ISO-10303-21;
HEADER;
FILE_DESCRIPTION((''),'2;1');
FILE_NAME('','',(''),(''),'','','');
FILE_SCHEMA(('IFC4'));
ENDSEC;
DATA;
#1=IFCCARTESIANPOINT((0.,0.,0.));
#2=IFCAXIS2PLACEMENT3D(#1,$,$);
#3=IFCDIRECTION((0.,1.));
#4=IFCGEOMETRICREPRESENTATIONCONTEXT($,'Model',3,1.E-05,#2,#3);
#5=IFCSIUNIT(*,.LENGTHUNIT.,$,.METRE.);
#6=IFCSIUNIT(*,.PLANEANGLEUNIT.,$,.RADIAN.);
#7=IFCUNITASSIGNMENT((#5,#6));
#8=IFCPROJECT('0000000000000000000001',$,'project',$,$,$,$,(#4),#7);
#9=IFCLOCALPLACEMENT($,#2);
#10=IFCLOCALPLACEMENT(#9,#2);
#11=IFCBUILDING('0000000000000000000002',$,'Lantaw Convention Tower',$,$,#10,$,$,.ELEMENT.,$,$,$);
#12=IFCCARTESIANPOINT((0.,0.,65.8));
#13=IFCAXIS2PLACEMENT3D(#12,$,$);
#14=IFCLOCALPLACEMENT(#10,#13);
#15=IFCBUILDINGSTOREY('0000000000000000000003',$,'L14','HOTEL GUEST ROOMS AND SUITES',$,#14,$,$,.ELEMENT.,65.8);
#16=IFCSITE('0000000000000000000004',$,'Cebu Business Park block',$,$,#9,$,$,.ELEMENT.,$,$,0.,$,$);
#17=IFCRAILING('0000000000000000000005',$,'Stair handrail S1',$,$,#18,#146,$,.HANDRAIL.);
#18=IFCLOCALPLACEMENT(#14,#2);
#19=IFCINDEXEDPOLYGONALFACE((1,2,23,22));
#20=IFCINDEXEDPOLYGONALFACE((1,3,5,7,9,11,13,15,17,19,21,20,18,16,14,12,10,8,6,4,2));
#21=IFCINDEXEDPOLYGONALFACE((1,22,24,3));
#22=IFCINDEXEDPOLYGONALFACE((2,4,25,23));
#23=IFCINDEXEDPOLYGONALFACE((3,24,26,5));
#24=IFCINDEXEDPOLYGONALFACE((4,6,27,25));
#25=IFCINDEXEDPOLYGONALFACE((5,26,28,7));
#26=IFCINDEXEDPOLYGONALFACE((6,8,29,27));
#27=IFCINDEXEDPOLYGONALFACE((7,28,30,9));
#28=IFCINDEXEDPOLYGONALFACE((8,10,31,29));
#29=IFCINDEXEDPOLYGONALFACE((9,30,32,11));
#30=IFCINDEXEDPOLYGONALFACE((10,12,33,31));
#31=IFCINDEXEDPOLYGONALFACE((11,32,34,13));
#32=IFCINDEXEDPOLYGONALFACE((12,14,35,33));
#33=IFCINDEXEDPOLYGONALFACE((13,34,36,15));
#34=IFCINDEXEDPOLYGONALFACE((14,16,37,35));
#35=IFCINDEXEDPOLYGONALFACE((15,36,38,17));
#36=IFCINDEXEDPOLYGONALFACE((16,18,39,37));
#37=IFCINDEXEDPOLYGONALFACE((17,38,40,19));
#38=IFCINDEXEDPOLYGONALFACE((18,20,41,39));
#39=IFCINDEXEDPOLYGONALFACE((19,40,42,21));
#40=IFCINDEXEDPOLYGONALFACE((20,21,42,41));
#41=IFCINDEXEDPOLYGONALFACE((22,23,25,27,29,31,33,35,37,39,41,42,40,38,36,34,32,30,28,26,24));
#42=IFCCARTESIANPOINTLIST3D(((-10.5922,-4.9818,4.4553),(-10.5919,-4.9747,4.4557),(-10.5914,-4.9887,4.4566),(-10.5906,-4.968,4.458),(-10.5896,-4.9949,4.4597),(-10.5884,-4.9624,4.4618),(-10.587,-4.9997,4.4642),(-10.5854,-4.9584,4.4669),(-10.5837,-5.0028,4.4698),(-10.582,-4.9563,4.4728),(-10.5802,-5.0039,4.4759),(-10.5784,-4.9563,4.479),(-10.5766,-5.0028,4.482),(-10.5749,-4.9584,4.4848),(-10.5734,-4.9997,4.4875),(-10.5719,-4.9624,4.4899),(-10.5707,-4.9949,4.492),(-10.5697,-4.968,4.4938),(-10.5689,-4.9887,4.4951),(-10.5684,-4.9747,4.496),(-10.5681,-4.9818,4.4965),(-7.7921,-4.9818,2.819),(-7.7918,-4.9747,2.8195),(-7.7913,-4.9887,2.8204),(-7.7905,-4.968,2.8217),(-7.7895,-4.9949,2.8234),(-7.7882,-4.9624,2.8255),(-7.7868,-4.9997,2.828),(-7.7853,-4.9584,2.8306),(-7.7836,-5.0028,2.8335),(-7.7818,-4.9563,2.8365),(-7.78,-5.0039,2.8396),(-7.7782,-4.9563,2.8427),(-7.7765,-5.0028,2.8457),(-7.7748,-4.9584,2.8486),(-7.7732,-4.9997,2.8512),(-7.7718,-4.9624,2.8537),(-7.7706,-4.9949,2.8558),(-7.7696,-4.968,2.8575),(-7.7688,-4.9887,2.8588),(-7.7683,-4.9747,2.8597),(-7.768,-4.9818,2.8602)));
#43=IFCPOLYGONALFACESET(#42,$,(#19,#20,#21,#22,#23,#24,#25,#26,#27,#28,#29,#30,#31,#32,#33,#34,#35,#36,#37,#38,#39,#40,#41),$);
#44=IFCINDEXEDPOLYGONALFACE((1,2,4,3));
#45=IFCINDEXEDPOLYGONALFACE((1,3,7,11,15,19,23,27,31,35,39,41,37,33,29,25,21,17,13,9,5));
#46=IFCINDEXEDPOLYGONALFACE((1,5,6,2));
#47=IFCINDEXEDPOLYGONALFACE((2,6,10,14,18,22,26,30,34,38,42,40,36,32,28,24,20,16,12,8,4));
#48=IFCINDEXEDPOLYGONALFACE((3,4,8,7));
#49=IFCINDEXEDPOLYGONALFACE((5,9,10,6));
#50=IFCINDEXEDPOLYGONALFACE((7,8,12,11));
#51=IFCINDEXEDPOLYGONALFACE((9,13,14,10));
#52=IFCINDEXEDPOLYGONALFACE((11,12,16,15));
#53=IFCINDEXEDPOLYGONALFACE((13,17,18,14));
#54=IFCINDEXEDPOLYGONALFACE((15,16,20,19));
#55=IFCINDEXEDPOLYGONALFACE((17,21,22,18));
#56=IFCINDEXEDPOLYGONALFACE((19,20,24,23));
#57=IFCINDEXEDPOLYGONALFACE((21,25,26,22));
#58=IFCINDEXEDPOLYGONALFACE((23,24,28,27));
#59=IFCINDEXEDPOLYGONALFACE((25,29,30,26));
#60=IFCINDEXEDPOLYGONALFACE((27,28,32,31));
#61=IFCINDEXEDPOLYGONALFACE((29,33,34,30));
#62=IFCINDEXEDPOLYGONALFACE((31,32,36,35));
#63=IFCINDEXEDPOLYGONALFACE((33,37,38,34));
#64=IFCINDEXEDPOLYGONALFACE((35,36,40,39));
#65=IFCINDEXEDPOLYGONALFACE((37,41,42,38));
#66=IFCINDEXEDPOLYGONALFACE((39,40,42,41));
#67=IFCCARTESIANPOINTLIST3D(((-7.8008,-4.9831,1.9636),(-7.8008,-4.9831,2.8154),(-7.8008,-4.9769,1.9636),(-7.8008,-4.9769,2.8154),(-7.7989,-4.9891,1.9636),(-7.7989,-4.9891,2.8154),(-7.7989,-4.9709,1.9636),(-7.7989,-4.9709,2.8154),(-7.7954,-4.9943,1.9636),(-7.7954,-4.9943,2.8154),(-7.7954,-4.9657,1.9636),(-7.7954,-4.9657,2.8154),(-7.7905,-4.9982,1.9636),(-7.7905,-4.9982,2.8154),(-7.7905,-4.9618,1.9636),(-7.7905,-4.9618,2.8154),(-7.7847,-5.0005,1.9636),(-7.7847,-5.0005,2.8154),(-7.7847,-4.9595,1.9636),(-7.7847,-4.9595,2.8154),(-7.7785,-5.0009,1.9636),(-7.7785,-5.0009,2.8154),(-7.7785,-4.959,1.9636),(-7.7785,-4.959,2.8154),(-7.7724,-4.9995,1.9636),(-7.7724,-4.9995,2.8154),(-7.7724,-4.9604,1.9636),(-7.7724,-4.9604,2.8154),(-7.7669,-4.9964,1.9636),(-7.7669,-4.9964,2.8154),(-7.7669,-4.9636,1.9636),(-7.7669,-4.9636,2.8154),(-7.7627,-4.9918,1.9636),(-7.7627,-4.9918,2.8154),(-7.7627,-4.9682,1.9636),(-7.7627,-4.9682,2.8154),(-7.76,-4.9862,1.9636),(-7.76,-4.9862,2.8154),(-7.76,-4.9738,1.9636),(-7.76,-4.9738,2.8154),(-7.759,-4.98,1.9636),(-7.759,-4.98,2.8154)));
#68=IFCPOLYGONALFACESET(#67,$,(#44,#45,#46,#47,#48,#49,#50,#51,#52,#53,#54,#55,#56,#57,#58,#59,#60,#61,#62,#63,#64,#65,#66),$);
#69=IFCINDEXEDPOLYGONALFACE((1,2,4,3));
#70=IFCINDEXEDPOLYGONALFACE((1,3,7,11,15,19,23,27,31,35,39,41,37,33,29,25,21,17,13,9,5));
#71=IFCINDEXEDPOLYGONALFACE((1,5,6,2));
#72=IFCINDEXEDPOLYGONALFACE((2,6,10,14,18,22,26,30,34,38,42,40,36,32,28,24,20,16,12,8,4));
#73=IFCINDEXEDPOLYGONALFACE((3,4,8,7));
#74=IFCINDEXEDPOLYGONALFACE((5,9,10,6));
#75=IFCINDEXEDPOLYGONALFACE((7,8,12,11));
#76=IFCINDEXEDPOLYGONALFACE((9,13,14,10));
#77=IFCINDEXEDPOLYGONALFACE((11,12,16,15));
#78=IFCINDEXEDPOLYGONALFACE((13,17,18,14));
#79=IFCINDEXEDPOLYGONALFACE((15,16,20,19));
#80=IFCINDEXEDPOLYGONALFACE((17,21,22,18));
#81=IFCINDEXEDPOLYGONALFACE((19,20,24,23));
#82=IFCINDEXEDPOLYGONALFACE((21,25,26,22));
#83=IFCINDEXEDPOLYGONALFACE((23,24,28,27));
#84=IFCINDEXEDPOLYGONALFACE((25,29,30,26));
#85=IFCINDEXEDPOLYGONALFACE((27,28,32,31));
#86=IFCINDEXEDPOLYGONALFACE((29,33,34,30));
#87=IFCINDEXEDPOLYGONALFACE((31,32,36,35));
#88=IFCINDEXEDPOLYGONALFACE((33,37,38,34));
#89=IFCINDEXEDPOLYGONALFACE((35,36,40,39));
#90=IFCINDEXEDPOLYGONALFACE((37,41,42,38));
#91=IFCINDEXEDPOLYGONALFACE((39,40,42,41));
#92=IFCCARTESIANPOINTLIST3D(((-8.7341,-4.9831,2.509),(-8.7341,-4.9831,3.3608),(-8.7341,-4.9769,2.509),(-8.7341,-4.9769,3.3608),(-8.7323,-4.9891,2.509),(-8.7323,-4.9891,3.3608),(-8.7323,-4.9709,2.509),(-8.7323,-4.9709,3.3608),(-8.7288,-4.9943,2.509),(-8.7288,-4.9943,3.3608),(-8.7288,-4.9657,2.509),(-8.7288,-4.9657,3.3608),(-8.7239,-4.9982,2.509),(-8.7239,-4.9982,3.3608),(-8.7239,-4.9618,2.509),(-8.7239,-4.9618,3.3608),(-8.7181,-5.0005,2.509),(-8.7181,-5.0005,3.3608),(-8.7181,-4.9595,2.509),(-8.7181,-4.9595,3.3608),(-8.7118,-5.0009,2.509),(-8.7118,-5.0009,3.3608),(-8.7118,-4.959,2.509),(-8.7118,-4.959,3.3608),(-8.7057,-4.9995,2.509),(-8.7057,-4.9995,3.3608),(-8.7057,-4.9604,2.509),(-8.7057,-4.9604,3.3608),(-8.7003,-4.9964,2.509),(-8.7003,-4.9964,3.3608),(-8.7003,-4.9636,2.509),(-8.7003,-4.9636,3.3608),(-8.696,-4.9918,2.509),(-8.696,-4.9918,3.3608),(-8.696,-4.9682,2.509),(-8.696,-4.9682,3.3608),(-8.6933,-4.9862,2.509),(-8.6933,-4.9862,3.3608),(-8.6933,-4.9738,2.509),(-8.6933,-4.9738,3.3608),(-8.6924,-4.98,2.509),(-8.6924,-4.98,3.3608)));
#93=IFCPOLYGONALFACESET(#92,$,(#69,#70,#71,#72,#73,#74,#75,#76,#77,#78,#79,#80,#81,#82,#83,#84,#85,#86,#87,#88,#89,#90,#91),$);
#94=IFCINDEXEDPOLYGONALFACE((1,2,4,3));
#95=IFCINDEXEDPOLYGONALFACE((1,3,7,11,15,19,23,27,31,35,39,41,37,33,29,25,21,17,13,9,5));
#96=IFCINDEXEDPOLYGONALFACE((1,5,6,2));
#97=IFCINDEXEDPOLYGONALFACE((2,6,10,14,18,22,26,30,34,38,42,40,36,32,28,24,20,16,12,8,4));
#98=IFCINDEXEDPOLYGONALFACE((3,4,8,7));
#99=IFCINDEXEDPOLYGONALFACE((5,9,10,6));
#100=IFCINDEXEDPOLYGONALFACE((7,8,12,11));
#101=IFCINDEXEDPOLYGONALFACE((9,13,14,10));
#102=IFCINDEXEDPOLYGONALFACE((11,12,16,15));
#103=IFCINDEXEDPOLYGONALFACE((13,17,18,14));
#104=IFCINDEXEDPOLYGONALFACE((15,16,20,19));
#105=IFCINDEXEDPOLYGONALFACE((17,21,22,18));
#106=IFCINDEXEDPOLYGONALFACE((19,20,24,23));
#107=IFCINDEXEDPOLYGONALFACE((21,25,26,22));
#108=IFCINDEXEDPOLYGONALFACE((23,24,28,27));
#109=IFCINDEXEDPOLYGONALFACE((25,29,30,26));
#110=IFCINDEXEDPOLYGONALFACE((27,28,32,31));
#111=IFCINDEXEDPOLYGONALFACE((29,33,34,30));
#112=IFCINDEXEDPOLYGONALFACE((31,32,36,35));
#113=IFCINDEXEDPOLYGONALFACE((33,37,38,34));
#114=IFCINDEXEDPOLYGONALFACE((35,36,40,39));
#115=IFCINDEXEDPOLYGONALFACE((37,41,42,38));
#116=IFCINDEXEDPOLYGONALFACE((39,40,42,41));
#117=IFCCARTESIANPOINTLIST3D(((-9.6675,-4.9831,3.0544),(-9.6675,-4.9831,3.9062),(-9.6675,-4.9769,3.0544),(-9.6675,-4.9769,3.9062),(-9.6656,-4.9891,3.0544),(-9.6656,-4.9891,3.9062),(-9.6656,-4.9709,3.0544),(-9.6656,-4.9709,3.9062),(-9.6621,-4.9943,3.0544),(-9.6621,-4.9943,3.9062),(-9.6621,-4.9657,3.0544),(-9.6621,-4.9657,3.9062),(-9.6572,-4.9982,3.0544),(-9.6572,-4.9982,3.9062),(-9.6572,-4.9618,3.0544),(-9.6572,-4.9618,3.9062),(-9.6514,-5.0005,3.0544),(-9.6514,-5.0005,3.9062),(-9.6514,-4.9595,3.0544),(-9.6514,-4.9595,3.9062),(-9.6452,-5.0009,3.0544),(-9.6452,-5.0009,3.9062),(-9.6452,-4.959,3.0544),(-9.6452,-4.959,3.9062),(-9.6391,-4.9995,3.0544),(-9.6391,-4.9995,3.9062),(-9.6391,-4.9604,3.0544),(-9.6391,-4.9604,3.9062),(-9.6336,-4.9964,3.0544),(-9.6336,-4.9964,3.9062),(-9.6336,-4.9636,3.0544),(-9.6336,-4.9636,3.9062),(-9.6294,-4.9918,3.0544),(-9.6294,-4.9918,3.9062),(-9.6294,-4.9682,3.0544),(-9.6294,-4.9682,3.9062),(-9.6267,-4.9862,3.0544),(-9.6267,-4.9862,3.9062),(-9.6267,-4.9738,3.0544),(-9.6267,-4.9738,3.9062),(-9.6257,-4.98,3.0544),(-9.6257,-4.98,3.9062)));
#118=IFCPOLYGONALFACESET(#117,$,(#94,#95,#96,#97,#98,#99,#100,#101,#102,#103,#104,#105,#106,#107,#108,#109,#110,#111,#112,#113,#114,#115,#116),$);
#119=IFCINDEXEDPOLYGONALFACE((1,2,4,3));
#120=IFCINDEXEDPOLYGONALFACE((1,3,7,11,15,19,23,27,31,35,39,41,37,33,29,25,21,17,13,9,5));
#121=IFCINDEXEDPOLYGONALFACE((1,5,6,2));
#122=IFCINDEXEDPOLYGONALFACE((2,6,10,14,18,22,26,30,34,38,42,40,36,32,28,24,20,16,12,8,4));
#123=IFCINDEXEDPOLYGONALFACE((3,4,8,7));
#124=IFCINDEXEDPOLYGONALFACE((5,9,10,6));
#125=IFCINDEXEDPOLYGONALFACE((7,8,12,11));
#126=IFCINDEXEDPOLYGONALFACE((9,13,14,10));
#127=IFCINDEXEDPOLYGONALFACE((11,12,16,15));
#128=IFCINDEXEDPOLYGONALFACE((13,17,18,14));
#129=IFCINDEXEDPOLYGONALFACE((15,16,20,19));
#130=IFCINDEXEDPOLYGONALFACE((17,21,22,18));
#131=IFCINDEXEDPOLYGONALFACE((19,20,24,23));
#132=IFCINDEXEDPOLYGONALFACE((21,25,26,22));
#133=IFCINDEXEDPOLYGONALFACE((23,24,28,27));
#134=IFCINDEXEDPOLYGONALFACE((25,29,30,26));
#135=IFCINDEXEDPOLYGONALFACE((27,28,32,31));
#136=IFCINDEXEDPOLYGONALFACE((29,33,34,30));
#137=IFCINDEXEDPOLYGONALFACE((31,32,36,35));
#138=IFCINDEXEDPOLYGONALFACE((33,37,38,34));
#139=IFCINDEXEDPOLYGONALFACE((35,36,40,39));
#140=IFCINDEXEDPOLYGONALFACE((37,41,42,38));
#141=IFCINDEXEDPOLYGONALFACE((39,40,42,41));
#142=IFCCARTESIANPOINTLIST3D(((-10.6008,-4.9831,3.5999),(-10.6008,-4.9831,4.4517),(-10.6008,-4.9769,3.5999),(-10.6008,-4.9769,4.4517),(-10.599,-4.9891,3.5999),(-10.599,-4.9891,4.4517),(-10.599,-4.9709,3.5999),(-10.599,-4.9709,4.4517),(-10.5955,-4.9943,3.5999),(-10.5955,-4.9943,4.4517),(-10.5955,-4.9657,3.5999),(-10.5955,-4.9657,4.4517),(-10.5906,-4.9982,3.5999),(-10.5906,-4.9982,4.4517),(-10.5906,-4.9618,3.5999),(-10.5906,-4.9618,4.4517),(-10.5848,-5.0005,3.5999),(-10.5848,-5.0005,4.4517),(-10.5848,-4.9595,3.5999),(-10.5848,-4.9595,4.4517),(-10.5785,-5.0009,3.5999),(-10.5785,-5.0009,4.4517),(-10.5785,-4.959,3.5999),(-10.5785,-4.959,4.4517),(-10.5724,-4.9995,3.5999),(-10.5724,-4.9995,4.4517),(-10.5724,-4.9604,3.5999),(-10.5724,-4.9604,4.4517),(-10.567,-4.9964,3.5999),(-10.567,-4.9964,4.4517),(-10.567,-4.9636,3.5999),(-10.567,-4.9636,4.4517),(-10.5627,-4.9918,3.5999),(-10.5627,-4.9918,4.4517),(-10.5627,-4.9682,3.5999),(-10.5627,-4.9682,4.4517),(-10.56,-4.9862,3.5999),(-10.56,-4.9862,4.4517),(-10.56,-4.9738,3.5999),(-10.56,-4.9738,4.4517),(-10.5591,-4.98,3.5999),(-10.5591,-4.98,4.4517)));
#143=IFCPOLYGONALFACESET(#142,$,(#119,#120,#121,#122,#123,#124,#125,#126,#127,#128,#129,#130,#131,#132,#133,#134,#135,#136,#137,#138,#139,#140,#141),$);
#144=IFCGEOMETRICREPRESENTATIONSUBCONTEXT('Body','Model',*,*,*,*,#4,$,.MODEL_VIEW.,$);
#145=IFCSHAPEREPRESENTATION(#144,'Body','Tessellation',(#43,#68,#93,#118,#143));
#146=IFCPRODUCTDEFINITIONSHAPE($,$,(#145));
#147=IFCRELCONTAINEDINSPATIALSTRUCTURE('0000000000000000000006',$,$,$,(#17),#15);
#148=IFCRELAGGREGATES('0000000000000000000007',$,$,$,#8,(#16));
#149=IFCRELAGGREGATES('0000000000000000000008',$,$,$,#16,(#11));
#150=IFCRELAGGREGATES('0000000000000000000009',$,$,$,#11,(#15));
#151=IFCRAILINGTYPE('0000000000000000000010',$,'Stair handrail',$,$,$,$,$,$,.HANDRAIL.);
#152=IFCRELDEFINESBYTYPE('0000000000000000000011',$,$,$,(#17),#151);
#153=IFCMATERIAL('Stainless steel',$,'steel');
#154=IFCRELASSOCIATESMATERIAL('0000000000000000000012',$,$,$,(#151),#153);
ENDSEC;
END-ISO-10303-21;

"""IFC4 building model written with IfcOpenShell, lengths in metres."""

from ifc_helpers import new_model, si_unit, direction, frame, origin, origin_2d, place, context, subcontext, project, spatial, circle, extrude, material, type_object, element, save


model = new_model("IFC4")

# Units and contexts
model_context = context("Model", 3, precision=1e-05, world=origin(), true_north=direction((0.0, 1.0)))
body_context = subcontext(model_context, "Body", "Model", "MODEL_VIEW")
ifc_project = project(units=[si_unit("LENGTHUNIT", "METRE"), si_unit("PLANEANGLEUNIT", "RADIAN")], contexts=[model_context])

# Site, building, storey
site_placement = place(None, origin())
site = spatial("IfcSite", under=ifc_project, at=site_placement, Name="Cebu Business Park block", CompositionType="ELEMENT", RefElevation=0.0)
building_placement = place(site_placement, origin())
building = spatial("IfcBuilding", under=site, at=building_placement, Name="Lantaw Convention Tower", CompositionType="ELEMENT")
storey_placement = place(building_placement, frame((0.0, 0.0, 65.8)))
storey = spatial("IfcBuildingStorey", under=building, at=storey_placement, Name="L14", Description="HOTEL GUEST ROOMS AND SUITES", CompositionType="ELEMENT", Elevation=65.8)

# Railing
ifc_material_1 = material(Name="Stainless steel", Category="steel")
railing_type = type_object("IfcRailingType", Name="Stair handrail", PredefinedType="HANDRAIL", material=ifc_material_1)
railing_1_placement = place(storey_placement, frame((-7.78, -4.98, 1.9636)))
element("IfcRailing", 1, at=railing_1_placement, inside=storey, type_object=railing_type, Name="Stair handrail S1", PredefinedType="HANDRAIL", context=body_context, shape_type="SweptSolid", body=[
    extrude(circle(Radius=0.0239, at=origin_2d()), frame((0.0, 0.0, 0.876), z_axis=(-0.863394, 0.0, 0.504531), x_axis=(0.0, -1.0, 0.0)), (0.0, 0.0, 1.0), 3.2432),
    extrude(circle(Radius=0.021, at=origin_2d()), origin(), (0.0, 0.0, 1.0), 0.8518),
    extrude(circle(Radius=0.021, at=origin_2d()), frame((-0.9333, 0.0, 0.5454)), (0.0, 0.0, 1.0), 0.8518),
    extrude(circle(Radius=0.021, at=origin_2d()), frame((-1.8667, 0.0, 1.0908)), (0.0, 0.0, 1.0), 0.8518),
    extrude(circle(Radius=0.021, at=origin_2d()), frame((-2.8, 0.0, 1.6362)), (0.0, 0.0, 1.0), 0.8518),
])

save(model, "model.ifc")
